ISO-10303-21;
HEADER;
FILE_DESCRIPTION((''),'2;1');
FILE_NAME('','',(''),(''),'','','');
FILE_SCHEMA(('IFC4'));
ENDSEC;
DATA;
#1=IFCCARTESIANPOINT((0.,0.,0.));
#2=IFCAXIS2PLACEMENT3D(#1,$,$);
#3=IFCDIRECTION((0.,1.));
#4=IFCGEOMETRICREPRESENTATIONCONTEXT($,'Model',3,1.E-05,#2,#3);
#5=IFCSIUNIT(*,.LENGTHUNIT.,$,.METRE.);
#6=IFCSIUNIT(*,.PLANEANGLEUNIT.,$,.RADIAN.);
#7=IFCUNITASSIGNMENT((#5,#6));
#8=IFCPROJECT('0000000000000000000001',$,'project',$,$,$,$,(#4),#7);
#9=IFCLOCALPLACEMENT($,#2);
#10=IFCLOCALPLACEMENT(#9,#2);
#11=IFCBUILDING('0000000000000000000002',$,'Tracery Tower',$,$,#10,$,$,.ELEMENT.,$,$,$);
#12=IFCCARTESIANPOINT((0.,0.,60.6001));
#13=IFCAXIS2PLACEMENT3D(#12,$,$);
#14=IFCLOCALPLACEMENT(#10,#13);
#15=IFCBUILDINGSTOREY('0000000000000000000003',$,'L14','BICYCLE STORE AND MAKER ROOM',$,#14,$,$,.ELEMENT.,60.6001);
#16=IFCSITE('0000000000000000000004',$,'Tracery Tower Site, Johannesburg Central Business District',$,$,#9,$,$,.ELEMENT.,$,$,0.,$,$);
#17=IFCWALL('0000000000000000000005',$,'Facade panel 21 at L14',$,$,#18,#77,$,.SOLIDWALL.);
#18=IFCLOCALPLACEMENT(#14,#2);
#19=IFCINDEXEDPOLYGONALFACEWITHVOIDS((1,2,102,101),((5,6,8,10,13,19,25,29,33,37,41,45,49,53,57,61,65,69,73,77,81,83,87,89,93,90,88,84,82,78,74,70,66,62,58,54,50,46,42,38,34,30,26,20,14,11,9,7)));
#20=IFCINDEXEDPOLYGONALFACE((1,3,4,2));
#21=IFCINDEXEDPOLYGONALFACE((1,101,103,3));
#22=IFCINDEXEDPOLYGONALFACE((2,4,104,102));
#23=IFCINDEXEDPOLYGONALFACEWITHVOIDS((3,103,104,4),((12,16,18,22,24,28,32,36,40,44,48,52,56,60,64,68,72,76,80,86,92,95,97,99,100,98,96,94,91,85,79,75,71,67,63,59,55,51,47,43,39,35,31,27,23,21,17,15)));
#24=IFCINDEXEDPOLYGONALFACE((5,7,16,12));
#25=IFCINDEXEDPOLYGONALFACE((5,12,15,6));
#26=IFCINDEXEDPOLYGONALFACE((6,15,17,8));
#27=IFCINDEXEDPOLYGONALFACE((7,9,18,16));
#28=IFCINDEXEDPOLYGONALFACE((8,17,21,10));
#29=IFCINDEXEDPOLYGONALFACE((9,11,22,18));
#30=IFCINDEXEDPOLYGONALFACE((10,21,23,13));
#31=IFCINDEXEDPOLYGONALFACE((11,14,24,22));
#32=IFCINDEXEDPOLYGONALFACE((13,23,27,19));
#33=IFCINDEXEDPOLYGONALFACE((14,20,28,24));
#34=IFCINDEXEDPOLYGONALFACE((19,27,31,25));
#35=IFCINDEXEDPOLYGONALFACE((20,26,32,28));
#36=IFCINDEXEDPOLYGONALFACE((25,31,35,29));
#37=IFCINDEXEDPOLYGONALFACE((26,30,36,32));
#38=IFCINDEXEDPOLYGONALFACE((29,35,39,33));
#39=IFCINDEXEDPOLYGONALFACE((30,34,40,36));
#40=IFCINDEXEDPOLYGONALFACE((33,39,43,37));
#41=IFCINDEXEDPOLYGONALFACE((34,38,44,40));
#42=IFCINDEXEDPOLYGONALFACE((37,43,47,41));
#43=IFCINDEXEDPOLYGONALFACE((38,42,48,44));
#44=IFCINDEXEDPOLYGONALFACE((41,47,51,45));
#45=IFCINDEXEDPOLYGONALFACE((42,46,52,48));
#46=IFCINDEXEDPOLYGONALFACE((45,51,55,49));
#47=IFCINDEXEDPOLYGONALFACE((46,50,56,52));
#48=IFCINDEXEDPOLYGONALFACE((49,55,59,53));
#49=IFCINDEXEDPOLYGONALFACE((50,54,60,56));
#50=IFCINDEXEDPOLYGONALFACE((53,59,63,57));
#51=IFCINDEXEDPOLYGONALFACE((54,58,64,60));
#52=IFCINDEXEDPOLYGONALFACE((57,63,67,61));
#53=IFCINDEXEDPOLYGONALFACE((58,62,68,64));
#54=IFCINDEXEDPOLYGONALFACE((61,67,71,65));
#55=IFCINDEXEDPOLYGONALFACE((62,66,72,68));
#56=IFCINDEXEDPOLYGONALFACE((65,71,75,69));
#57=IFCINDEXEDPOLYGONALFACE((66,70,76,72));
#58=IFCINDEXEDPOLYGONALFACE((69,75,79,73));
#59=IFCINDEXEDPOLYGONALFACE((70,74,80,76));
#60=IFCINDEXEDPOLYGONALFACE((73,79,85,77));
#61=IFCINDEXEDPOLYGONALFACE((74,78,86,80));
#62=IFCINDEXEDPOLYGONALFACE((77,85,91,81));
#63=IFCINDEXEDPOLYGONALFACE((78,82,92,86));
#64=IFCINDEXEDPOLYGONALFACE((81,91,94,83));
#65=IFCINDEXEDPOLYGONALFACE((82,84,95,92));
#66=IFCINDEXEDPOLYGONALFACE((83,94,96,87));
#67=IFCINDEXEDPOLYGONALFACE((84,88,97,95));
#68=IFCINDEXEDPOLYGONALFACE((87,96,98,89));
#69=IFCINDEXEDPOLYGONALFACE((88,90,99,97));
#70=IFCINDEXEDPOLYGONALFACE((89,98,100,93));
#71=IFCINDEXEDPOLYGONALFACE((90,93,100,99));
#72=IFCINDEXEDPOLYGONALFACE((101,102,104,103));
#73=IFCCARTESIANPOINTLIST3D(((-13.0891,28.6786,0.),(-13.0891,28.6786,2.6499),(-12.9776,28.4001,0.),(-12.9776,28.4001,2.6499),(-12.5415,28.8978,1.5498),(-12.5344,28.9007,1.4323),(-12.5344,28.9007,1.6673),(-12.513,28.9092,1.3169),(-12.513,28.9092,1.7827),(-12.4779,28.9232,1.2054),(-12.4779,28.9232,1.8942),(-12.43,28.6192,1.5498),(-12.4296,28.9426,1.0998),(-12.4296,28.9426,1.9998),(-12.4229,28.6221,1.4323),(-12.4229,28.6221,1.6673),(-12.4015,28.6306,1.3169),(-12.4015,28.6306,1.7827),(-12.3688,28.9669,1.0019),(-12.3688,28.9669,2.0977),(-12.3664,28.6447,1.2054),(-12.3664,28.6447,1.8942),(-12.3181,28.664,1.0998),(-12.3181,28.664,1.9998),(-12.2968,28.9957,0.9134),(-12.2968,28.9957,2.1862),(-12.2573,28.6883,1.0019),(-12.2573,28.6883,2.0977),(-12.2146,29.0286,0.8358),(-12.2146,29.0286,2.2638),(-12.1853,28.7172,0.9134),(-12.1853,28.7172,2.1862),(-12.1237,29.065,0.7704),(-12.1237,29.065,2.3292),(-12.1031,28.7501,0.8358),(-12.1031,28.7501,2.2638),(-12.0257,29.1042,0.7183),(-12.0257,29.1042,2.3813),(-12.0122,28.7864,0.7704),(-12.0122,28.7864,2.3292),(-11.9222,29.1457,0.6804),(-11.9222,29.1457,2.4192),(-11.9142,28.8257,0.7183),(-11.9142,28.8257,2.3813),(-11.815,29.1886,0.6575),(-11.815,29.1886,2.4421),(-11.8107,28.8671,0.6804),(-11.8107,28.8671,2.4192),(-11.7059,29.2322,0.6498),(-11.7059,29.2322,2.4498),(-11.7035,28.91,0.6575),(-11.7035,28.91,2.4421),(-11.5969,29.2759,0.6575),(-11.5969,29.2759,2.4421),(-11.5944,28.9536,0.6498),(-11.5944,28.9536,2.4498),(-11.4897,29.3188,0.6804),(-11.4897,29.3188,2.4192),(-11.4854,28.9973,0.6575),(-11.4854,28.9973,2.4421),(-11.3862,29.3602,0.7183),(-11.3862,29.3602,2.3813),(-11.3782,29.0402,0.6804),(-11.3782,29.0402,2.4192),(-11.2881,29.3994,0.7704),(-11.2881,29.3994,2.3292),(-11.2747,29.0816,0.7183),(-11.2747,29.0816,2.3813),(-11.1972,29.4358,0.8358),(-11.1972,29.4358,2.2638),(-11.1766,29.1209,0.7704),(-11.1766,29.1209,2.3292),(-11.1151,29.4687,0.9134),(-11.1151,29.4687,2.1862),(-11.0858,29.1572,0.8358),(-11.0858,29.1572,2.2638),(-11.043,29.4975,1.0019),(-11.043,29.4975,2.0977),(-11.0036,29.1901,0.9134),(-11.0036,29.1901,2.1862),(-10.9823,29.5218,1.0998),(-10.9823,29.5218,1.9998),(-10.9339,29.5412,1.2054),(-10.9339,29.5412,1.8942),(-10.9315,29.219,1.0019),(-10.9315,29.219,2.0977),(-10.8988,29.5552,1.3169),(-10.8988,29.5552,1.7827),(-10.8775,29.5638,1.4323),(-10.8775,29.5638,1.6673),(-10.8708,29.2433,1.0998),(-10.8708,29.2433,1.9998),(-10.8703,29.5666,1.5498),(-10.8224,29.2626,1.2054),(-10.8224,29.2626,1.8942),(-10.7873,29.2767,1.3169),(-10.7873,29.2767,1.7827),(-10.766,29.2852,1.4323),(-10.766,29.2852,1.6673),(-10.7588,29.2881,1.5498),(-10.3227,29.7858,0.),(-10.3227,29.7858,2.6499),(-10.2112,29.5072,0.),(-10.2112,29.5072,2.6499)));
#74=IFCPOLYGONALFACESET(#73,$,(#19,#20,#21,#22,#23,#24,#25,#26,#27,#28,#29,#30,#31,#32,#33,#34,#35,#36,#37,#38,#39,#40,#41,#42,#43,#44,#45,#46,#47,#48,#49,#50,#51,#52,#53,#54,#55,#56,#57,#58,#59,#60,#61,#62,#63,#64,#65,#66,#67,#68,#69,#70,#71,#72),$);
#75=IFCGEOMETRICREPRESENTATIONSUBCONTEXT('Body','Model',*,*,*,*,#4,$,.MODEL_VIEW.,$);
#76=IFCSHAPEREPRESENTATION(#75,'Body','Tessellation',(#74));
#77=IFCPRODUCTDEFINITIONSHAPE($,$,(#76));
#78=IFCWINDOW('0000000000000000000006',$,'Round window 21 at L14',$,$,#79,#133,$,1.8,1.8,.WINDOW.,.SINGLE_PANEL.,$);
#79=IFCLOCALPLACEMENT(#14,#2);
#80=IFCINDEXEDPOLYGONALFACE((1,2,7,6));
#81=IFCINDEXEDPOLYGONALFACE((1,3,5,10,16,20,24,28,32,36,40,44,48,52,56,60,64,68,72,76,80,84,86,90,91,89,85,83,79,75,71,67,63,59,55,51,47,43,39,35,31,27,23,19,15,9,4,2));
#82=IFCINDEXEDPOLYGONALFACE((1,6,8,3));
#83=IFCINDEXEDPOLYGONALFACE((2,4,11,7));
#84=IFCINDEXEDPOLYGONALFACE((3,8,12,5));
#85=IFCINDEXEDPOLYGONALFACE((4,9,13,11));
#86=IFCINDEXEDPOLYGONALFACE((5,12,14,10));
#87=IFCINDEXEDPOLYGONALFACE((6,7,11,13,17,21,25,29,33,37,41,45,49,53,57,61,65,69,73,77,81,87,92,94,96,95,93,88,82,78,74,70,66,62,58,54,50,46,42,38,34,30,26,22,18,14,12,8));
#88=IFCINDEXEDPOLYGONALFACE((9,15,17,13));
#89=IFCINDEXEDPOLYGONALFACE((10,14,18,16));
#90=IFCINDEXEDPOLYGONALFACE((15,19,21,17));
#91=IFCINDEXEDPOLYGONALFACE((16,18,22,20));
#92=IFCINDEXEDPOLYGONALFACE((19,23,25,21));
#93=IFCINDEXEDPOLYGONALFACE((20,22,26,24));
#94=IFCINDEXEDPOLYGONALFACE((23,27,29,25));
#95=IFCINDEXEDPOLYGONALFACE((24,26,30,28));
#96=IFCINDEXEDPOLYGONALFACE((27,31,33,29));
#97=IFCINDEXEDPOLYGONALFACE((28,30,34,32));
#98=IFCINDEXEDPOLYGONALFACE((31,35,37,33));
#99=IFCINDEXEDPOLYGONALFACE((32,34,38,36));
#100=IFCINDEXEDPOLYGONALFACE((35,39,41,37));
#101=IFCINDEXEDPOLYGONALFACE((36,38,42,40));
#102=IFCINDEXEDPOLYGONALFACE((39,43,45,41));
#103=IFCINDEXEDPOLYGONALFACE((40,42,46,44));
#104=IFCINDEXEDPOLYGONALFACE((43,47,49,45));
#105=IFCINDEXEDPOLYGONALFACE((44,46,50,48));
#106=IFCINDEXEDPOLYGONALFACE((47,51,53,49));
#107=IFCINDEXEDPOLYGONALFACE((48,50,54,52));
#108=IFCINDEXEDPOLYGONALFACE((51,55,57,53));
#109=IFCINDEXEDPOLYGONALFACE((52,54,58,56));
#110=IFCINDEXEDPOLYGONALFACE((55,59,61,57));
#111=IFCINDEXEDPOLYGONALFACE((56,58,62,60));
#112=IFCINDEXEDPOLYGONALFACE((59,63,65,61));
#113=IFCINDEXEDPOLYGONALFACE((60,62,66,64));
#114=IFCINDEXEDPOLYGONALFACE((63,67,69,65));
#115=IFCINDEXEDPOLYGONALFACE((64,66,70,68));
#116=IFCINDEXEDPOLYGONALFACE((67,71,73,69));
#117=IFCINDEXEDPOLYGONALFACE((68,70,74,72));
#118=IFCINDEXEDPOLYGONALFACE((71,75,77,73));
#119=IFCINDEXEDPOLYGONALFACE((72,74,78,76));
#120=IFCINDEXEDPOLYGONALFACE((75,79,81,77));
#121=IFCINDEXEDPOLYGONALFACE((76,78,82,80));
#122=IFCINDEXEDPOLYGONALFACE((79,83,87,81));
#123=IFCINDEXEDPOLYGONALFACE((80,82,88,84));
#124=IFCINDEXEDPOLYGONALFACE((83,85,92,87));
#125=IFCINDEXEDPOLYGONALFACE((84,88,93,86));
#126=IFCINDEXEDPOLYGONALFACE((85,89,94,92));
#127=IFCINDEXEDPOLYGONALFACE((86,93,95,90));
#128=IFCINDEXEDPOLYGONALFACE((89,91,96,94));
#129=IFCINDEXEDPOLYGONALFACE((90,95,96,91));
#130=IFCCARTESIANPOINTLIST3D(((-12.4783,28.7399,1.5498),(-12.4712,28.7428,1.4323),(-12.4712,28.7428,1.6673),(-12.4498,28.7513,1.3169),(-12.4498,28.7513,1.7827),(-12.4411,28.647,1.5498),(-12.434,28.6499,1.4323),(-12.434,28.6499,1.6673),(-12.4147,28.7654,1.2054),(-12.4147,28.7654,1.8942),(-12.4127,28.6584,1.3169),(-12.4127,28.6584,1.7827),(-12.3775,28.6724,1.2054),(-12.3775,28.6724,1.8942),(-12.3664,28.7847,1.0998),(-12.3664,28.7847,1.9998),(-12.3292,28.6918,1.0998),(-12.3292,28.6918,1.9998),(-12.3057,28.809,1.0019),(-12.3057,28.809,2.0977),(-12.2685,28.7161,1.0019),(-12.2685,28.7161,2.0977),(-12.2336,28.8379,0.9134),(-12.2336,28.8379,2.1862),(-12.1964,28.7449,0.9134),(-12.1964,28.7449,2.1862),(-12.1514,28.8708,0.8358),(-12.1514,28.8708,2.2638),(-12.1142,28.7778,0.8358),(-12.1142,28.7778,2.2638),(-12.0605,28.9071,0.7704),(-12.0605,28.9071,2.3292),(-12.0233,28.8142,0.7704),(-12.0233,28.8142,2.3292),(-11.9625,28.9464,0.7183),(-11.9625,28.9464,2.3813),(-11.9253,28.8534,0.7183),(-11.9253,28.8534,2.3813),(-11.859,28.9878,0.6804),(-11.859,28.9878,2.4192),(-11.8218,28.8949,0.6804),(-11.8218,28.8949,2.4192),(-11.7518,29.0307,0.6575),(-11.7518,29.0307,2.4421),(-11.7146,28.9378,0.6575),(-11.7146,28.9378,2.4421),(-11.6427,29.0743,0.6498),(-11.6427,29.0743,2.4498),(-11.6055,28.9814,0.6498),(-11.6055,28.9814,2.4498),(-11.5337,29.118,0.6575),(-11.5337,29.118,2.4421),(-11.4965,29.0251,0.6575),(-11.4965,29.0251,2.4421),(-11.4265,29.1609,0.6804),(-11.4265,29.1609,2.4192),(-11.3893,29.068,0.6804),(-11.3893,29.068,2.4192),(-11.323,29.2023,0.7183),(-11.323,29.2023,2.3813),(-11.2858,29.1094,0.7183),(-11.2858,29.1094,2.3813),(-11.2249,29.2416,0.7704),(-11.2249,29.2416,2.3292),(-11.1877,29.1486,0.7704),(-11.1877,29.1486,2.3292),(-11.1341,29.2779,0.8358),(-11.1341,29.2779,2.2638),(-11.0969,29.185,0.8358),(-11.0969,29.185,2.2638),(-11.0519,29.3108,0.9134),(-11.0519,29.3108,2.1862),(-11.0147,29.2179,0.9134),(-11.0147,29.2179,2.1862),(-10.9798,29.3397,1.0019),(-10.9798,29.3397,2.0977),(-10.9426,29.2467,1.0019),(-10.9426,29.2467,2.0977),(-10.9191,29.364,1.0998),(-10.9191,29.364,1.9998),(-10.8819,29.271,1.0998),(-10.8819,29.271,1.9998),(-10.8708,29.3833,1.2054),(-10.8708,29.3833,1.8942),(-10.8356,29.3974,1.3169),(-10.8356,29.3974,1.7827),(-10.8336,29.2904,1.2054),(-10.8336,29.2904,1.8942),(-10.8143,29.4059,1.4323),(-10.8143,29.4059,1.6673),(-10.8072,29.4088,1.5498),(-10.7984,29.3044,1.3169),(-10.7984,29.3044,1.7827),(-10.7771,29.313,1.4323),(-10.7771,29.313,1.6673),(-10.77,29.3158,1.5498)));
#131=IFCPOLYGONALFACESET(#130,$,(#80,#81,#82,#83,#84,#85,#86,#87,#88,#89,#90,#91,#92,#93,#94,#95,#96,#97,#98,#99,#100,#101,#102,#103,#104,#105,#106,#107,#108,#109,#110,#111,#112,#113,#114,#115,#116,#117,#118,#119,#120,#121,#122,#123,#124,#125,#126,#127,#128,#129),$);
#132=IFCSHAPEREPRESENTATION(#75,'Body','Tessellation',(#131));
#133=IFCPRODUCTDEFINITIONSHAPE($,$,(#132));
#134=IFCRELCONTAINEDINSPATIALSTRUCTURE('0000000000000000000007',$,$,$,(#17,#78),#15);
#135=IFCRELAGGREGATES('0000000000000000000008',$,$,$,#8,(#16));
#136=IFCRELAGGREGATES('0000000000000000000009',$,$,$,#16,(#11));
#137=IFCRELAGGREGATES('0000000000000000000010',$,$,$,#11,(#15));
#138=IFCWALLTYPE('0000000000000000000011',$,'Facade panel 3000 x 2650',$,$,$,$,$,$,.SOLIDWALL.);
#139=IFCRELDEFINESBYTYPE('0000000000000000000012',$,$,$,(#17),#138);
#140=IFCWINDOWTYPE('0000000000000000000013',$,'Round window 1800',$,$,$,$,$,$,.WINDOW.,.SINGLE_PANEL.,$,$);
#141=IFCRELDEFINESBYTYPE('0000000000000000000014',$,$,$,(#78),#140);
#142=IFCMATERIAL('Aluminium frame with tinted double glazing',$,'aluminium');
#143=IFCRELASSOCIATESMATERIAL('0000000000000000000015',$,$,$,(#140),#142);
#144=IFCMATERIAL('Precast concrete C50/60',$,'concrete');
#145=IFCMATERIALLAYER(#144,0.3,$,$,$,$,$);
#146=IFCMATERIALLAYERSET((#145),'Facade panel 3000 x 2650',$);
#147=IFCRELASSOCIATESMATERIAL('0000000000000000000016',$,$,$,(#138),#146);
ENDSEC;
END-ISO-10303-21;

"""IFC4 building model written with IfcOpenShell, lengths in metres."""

from ifc_helpers import new_model, si_unit, direction, frame, frame_2d, origin, origin_2d, place, context, subcontext, project, spatial, rectangle, circle, extrude, material, layer, layer_set, type_object, element, fill, save


model = new_model("IFC4")

# Units and contexts
model_context = context("Model", 3, precision=1e-05, world=origin(), true_north=direction((0.0, 1.0)))
body_context = subcontext(model_context, "Body", "Model", "MODEL_VIEW")
ifc_project = project(units=[si_unit("LENGTHUNIT", "METRE"), si_unit("PLANEANGLEUNIT", "RADIAN")], contexts=[model_context])

# Site, building, storey
site_placement = place(None, origin())
site = spatial("IfcSite", under=ifc_project, at=site_placement, Name="Tracery Tower Site, Johannesburg Central Business District", CompositionType="ELEMENT", RefElevation=0.0)
building_placement = place(site_placement, origin())
building = spatial("IfcBuilding", under=site, at=building_placement, Name="Tracery Tower", CompositionType="ELEMENT")
storey_placement = place(building_placement, frame((0.0, 0.0, 60.6001)))
storey = spatial("IfcBuildingStorey", under=building, at=storey_placement, Name="L14", Description="BICYCLE STORE AND MAKER ROOM", CompositionType="ELEMENT", Elevation=60.6001)

# Wall, opening, window
ifc_material_1 = material(Name="Aluminium frame with tinted double glazing", Category="aluminium")
window_type = type_object("IfcWindowType", Name="Round window 1800", PartitioningType="SINGLE_PANEL", PredefinedType="WINDOW", material=ifc_material_1)
ifc_material_2 = material(Name="Precast concrete C50/60", Category="concrete")
ifc_layer_1 = layer(ifc_material_2, 0.3)
ifc_layer_set_1 = layer_set([ifc_layer_1], Name="Facade panel 3000 x 2650")
wall_type_1 = type_object("IfcWallType", Name="Facade panel 3000 x 2650", PredefinedType="SOLIDWALL", material=ifc_layer_set_1)
wall_1_placement = place(storey_placement, frame((-10.2671, 29.6465, 0.0), z_axis=(0.0, 0.0, 1.0), x_axis=(-0.928403, -0.371574, 0.0)))
wall_1 = element("IfcWall", 1, at=wall_1_placement, inside=storey, type_object=wall_type_1, Name="Facade panel 21 at L14", PredefinedType="SOLIDWALL", context=body_context, shape_type="SweptSolid", body=[
    extrude(rectangle(XDim=2.9797, YDim=0.3, at=frame_2d((1.4897, 0.0))), origin(), (0.0, 0.0, 1.0), 2.6499),
])
opening_1_placement = place(wall_1_placement, frame((1.4897, 0.0, 1.5498)))
opening_1 = element("IfcOpeningElement", 2, at=opening_1_placement, cuts=wall_1, PredefinedType="OPENING", context=body_context, shape_type="SweptSolid", body=[
    extrude(circle(Radius=0.9, at=origin_2d()), frame((0.0, 0.1599, 0.0), z_axis=(0.0, -1.0, 0.0), x_axis=(1.0, 0.0, 0.0)), (0.0, 0.0, 1.0), 0.3201),
])
window_1_placement = place(opening_1_placement, origin())
window_1 = element("IfcWindow", 3, at=window_1_placement, inside=storey, type_object=window_type, Name="Round window 21 at L14", OverallHeight=1.8, OverallWidth=1.8, PartitioningType="SINGLE_PANEL", PredefinedType="WINDOW", context=body_context, shape_type="SweptSolid", body=[
    extrude(circle(Radius=0.9, at=origin_2d()), frame((0.0, 0.1201, 0.0), z_axis=(0.0, -1.0, 0.0), x_axis=(1.0, 0.0, 0.0)), (0.0, 0.0, 1.0), 0.1001),
])
fill(opening_1, window_1)

save(model, "model.ifc")
